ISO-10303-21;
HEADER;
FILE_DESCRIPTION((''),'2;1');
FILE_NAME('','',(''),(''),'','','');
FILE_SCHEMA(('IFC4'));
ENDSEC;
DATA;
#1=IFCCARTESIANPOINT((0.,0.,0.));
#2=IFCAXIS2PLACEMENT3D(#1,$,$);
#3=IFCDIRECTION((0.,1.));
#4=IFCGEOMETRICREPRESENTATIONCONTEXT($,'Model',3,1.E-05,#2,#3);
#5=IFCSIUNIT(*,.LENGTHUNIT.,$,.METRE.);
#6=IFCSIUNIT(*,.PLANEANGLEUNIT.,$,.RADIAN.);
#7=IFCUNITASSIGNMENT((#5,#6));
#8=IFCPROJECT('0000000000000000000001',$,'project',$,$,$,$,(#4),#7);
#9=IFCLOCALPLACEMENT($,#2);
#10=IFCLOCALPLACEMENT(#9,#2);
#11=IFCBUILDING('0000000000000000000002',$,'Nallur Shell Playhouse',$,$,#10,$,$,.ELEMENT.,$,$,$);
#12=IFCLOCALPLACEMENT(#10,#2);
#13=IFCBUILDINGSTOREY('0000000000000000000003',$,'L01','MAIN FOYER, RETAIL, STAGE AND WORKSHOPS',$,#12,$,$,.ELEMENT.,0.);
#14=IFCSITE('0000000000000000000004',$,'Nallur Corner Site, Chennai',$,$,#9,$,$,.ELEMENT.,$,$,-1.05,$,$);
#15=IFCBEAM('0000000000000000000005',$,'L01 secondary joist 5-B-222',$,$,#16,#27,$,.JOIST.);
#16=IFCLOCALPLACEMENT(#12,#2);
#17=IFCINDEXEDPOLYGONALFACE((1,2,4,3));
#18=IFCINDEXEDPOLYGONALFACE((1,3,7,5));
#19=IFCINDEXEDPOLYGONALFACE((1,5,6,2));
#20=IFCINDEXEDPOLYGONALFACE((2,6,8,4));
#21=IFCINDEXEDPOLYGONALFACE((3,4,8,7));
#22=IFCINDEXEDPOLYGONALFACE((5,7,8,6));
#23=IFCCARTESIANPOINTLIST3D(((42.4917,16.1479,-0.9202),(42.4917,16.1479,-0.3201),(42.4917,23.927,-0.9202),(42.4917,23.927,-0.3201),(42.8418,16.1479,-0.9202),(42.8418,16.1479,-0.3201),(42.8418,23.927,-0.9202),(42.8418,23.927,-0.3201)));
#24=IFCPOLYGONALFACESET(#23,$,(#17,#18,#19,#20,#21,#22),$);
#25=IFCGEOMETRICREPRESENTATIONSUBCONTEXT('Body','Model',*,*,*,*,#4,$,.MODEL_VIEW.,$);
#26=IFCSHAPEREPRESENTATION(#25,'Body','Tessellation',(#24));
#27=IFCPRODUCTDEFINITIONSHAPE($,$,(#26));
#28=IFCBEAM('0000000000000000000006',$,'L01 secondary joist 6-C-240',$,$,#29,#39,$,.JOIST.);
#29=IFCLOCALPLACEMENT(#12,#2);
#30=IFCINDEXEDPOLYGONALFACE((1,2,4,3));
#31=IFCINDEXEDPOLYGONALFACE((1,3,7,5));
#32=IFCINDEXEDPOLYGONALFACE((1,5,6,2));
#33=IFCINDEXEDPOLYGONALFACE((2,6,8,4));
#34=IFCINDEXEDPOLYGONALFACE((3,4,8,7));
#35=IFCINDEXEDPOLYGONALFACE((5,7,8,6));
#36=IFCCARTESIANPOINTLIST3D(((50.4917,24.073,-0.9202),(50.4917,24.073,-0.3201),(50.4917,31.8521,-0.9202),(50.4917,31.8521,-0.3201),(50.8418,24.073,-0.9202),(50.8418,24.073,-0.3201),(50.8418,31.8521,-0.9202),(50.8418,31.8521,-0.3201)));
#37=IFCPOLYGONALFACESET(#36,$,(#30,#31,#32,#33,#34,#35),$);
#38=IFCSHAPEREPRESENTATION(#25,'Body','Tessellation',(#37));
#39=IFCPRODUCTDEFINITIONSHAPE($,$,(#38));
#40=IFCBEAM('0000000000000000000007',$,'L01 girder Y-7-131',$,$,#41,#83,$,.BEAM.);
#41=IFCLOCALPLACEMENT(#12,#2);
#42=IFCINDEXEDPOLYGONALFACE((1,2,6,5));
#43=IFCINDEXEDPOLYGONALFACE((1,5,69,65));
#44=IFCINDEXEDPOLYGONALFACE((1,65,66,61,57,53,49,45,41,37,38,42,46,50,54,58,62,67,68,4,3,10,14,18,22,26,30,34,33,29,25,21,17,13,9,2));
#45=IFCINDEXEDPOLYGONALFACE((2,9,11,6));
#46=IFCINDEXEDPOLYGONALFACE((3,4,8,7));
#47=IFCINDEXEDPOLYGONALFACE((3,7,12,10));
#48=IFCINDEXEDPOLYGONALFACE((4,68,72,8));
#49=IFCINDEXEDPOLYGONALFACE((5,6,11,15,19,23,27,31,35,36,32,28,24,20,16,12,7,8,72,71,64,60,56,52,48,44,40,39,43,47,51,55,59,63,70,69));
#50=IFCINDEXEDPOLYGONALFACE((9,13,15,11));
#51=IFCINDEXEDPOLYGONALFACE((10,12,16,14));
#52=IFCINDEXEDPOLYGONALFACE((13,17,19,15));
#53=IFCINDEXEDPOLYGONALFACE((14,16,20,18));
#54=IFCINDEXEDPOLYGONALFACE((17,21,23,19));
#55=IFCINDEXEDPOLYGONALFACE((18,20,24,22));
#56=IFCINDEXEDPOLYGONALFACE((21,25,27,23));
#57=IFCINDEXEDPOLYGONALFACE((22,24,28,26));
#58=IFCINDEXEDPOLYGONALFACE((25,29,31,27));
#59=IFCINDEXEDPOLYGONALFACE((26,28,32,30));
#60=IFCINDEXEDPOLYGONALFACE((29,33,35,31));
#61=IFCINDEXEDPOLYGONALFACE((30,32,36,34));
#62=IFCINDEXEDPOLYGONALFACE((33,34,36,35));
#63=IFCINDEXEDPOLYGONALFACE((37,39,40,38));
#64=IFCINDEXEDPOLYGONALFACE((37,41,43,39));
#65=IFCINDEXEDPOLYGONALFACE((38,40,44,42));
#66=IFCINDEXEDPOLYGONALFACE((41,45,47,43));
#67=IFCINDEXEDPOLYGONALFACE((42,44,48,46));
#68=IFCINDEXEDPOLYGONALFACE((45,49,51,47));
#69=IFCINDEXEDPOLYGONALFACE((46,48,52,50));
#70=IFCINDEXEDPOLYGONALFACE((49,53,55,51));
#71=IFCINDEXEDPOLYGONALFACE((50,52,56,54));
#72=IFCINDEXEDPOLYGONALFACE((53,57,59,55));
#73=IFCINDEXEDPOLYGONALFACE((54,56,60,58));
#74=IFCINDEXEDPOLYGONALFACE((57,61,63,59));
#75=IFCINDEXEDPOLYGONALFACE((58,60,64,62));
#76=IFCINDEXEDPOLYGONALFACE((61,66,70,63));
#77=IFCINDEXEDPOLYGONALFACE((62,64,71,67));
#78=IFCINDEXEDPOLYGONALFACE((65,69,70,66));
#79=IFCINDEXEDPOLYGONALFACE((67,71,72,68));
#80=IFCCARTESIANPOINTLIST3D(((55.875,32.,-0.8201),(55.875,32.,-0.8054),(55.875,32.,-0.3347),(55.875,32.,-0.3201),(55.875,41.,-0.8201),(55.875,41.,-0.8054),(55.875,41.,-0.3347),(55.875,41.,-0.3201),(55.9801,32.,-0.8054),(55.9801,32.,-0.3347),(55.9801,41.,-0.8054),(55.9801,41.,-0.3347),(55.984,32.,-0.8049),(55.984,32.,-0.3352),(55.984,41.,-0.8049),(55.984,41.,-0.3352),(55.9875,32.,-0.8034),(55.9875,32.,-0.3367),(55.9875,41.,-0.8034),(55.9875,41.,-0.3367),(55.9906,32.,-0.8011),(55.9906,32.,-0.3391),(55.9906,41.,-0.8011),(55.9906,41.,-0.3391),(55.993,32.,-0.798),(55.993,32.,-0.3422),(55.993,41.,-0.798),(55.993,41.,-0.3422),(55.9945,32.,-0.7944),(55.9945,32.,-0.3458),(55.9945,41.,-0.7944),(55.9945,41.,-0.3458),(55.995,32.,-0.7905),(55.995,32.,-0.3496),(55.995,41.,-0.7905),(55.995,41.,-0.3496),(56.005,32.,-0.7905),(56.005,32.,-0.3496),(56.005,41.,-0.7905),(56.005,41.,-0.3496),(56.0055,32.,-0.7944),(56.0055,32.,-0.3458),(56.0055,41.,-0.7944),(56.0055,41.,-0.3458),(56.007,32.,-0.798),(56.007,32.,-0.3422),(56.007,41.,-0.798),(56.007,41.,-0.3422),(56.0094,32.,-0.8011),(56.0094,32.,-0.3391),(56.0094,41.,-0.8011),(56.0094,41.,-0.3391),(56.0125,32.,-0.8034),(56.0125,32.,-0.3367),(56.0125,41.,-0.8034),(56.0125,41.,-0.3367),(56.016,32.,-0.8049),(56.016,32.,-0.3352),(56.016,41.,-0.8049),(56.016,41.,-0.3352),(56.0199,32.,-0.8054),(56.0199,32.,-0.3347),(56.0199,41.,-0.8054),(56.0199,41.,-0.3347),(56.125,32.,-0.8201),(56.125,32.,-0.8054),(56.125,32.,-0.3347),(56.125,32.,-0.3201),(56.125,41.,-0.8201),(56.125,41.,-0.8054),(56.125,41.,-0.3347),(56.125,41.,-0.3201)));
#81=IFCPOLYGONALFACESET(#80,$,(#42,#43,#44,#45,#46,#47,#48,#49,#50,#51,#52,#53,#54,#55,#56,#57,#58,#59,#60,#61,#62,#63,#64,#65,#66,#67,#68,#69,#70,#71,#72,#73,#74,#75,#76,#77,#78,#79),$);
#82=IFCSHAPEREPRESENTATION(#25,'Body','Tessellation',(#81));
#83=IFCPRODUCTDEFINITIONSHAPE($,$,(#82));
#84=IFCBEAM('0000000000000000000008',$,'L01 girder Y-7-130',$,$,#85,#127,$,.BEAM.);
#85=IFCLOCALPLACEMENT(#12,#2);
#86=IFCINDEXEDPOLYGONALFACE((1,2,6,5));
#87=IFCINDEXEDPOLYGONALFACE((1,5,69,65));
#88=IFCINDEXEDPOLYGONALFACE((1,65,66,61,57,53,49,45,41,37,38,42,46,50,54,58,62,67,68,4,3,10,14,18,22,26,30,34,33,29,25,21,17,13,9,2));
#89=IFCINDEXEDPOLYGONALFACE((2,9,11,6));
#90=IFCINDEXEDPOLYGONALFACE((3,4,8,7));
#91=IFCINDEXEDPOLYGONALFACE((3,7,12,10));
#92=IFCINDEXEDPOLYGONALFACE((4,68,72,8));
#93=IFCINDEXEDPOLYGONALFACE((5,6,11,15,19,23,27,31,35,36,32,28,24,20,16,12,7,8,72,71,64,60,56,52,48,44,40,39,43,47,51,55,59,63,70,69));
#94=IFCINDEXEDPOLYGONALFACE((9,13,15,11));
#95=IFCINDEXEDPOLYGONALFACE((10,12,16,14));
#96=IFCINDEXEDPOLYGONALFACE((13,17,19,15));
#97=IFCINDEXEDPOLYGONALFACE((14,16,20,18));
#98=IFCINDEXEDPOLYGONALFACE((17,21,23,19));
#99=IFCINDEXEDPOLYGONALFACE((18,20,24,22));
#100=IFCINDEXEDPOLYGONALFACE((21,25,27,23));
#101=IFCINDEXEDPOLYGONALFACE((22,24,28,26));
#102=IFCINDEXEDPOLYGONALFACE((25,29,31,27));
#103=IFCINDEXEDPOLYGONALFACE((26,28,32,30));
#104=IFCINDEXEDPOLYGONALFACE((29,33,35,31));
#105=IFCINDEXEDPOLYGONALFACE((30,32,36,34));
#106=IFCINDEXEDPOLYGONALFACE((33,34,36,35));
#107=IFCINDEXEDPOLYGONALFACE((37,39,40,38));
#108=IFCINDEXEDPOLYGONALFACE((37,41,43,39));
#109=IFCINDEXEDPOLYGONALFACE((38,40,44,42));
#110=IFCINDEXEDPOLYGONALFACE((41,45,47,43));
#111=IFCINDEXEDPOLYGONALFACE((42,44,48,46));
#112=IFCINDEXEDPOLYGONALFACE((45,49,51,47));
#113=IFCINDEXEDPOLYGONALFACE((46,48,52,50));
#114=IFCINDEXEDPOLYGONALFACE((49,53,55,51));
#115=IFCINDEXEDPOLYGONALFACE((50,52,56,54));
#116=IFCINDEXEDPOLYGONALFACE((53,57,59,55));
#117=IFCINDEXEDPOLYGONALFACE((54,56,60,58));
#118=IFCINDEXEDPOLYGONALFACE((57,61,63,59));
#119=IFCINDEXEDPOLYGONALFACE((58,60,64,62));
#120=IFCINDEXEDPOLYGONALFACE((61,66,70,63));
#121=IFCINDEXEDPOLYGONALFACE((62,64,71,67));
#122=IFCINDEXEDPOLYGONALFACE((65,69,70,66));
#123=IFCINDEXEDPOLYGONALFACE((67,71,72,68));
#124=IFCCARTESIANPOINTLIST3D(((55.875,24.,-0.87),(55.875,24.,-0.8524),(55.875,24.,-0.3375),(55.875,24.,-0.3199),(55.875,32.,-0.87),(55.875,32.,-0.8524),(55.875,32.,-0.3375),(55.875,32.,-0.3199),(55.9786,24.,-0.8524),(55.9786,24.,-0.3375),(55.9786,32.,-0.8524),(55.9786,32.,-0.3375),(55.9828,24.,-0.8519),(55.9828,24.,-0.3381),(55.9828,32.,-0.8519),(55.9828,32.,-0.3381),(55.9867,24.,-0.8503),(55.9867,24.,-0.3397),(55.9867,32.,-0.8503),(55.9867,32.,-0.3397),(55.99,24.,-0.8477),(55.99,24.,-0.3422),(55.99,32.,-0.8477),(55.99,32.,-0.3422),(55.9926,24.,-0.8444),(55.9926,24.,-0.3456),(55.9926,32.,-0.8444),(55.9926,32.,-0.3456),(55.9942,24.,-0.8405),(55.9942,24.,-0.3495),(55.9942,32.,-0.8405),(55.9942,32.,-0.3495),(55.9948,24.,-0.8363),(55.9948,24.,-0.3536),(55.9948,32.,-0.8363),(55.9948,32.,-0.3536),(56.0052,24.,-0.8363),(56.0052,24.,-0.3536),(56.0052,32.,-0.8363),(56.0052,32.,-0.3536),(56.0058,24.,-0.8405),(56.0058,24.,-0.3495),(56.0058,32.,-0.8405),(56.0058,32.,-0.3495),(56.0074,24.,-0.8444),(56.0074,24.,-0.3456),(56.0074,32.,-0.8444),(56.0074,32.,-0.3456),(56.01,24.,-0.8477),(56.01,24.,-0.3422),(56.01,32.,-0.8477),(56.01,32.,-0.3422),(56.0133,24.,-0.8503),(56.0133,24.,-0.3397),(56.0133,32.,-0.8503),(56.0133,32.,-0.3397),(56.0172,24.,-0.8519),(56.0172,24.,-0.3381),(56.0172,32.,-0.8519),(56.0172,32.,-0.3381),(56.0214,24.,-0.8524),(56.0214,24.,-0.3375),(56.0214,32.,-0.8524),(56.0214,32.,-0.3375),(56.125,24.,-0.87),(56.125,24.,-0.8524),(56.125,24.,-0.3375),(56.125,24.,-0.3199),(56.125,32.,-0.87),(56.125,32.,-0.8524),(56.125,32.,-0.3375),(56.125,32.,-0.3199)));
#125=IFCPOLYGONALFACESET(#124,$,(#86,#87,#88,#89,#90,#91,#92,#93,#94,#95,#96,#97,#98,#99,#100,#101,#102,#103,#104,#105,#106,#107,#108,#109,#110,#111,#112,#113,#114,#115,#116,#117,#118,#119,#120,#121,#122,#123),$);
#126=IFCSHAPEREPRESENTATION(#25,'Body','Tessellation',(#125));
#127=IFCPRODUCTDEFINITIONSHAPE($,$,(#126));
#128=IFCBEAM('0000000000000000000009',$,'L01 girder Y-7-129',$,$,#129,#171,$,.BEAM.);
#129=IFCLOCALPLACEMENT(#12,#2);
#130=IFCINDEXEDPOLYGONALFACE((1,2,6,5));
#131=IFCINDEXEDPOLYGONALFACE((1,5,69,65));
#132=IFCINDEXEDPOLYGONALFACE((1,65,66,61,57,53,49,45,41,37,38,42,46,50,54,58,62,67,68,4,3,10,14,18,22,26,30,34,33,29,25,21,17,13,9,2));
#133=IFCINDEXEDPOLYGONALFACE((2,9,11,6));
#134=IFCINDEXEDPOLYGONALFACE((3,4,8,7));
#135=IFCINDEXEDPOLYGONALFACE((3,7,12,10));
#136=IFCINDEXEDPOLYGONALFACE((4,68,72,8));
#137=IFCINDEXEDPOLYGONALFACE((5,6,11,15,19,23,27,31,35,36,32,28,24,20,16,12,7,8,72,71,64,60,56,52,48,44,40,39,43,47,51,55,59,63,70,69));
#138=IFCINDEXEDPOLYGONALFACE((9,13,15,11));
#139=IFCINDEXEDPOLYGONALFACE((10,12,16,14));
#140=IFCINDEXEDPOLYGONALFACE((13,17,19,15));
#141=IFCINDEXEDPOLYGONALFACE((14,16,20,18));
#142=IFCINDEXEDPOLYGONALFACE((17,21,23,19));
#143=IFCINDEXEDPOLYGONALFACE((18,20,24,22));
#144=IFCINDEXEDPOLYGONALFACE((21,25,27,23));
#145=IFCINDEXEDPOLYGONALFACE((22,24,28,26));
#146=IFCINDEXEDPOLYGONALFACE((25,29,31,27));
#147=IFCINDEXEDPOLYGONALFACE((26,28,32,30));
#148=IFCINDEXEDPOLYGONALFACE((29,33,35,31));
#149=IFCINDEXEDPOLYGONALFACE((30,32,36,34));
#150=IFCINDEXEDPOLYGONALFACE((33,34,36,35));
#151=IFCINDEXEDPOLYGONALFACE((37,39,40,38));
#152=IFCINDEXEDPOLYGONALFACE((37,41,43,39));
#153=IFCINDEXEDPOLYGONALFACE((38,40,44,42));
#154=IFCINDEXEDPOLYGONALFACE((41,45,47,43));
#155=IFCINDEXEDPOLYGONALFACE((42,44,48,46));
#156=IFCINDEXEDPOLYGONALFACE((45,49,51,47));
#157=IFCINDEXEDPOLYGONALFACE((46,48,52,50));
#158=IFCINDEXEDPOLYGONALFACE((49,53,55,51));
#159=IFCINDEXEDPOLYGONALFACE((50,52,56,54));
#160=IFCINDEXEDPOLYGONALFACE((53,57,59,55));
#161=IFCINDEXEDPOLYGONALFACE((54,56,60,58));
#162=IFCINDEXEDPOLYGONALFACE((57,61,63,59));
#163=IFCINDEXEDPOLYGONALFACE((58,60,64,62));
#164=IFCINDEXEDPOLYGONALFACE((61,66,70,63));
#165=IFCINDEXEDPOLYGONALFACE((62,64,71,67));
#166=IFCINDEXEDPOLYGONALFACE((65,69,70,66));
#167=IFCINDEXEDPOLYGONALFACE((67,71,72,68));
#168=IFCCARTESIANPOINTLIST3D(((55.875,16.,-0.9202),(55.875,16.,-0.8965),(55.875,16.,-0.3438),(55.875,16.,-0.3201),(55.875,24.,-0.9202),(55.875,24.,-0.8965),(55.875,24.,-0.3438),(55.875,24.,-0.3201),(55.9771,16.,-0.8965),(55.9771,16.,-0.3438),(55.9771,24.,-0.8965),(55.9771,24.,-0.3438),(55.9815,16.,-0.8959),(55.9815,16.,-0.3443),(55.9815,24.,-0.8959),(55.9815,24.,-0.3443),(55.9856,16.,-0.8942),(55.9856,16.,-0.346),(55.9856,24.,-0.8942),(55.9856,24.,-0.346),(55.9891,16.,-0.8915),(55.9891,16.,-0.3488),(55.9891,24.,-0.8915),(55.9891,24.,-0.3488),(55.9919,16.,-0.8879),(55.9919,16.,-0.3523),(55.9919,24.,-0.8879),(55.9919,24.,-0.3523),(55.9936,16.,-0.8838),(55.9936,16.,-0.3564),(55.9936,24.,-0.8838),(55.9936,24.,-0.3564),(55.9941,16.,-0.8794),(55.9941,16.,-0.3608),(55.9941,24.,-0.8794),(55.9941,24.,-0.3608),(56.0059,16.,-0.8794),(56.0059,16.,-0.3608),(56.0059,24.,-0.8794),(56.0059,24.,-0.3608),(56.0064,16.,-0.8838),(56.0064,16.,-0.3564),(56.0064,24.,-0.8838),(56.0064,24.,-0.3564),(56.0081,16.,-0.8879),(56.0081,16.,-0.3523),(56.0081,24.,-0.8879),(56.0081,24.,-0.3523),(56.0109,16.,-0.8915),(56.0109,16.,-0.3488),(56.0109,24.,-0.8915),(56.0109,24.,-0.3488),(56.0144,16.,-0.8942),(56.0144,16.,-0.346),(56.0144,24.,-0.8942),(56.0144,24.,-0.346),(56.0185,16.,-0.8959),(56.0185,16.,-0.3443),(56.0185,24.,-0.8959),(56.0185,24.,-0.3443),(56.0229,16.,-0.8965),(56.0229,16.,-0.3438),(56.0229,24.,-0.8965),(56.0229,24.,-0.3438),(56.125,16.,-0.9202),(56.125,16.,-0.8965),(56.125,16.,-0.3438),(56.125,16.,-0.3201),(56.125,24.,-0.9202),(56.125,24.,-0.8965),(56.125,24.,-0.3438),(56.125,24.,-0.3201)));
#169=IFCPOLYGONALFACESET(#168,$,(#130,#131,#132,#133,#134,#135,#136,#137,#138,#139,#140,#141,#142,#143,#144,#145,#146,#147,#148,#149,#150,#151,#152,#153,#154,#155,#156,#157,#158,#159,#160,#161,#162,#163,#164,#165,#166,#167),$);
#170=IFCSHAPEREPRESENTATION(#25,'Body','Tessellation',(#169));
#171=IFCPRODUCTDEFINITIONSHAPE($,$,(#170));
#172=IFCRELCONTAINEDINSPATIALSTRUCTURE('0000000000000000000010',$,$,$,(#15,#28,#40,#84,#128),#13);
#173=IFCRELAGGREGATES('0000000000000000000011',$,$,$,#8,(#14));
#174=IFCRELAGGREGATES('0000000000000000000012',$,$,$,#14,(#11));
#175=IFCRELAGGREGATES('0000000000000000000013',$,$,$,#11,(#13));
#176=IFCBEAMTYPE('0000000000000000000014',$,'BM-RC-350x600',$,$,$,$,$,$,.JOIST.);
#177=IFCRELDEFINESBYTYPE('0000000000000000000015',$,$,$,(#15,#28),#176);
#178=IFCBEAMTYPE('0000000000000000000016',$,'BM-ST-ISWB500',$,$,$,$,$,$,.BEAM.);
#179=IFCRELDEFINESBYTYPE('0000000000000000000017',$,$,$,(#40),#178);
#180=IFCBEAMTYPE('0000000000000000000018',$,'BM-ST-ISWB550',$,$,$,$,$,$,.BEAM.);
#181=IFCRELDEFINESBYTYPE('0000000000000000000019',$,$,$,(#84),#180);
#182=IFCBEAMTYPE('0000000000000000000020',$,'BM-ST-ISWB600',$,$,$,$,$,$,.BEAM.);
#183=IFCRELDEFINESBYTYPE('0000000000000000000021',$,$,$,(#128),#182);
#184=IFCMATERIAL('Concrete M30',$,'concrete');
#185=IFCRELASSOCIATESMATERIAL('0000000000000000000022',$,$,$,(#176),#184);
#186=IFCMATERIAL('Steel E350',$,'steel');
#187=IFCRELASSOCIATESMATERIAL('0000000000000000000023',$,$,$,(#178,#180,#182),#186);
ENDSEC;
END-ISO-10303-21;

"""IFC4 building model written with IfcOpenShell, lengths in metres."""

from ifc_helpers import new_model, si_unit, direction, frame, origin, origin_2d, place, context, subcontext, project, spatial, rectangle, i_section, extrude, material, material_profile, profile_set, type_object, element, save


model = new_model("IFC4")

# Units and contexts
model_context = context("Model", 3, precision=1e-05, world=origin(), true_north=direction((0.0, 1.0)))
body_context = subcontext(model_context, "Body", "Model", "MODEL_VIEW")
ifc_project = project(units=[si_unit("LENGTHUNIT", "METRE"), si_unit("PLANEANGLEUNIT", "RADIAN")], contexts=[model_context])

# Site, building, storey
site_placement = place(None, origin())
site = spatial("IfcSite", under=ifc_project, at=site_placement, Name="Nallur Corner Site, Chennai", CompositionType="ELEMENT", RefElevation=-1.05)
building_placement = place(site_placement, origin())
building = spatial("IfcBuilding", under=site, at=building_placement, Name="Nallur Shell Playhouse", CompositionType="ELEMENT")
storey_placement = place(building_placement, origin())
storey = spatial("IfcBuildingStorey", under=building, at=storey_placement, Name="L01", Description="MAIN FOYER, RETAIL, STAGE AND WORKSHOPS", CompositionType="ELEMENT", Elevation=0.0)

# Beams
ifc_material_1 = material(Name="Concrete M30", Category="concrete")
ifc_material_profile_1 = material_profile(ifc_material_1, rectangle(XDim=0.3501, YDim=0.6001, at=origin_2d()), Name="RC 350x600")
ifc_profile_set_1 = profile_set([ifc_material_profile_1], Name="Concrete M30")
beam_type_1 = type_object("IfcBeamType", Name="BM-RC-350x600", PredefinedType="JOIST", material=ifc_profile_set_1)
for number, where, z_axis, x_axis, name in (
    (1, (42.6667, 16.1479, -0.6201), (0.0, 1.0, 0.0), (-1.0, 0.0, 0.0), "L01 secondary joist 5-B-222"),
    (2, (50.6667, 24.073, -0.6201), (0.0, 1.0, 0.0), (-1.0, 0.0, 0.0), "L01 secondary joist 6-C-240"),
):
    element("IfcBeam", number, at=place(storey_placement, frame(where, z_axis=z_axis, x_axis=x_axis)), inside=storey, type_object=beam_type_1, Name=name, PredefinedType="JOIST", context=body_context, shape_type="SweptSolid", body=[
        extrude(rectangle(XDim=0.3501, YDim=0.6001, at=origin_2d()), origin(), (0.0, 0.0, 1.0), 7.7791),
    ])
ifc_material_2 = material(Name="Steel E350", Category="steel")
ifc_material_profile_2 = material_profile(ifc_material_2, i_section(OverallWidth=0.25, OverallDepth=0.5, WebThickness=0.01, FlangeThickness=0.0146, FilletRadius=0.0149, at=origin_2d()), Name="ISWB 500")
ifc_profile_set_2 = profile_set([ifc_material_profile_2], Name="Steel E350")
beam_type_2 = type_object("IfcBeamType", Name="BM-ST-ISWB500", PredefinedType="BEAM", material=ifc_profile_set_2)
beam_1_placement = place(storey_placement, frame((56.0, 32.0, -0.5701), z_axis=(0.0, 1.0, 0.0), x_axis=(-1.0, 0.0, 0.0)))
element("IfcBeam", 3, at=beam_1_placement, inside=storey, type_object=beam_type_2, Name="L01 girder Y-7-131", PredefinedType="BEAM", context=body_context, shape_type="SweptSolid", body=[
    extrude(i_section(OverallWidth=0.25, OverallDepth=0.5, WebThickness=0.01, FlangeThickness=0.0146, FilletRadius=0.0149, at=origin_2d()), origin(), (0.0, 0.0, 1.0), 9.0),
])
ifc_material_profile_3 = material_profile(ifc_material_2, i_section(OverallWidth=0.25, OverallDepth=0.55, WebThickness=0.0105, FlangeThickness=0.0176, FilletRadius=0.0161, at=origin_2d()), Name="ISWB 550")
ifc_profile_set_3 = profile_set([ifc_material_profile_3], Name="Steel E350")
beam_type_3 = type_object("IfcBeamType", Name="BM-ST-ISWB550", PredefinedType="BEAM", material=ifc_profile_set_3)
beam_2_placement = place(storey_placement, frame((56.0, 24.0, -0.595), z_axis=(0.0, 1.0, 0.0), x_axis=(-1.0, 0.0, 0.0)))
element("IfcBeam", 4, at=beam_2_placement, inside=storey, type_object=beam_type_3, Name="L01 girder Y-7-130", PredefinedType="BEAM", context=body_context, shape_type="SweptSolid", body=[
    extrude(i_section(OverallWidth=0.25, OverallDepth=0.55, WebThickness=0.0105, FlangeThickness=0.0176, FilletRadius=0.0161, at=origin_2d()), origin(), (0.0, 0.0, 1.0), 8.0),
])
ifc_material_profile_4 = material_profile(ifc_material_2, i_section(OverallWidth=0.25, OverallDepth=0.6001, WebThickness=0.0117, FlangeThickness=0.0237, FilletRadius=0.0171, at=origin_2d()), Name="ISWB 600")
ifc_profile_set_4 = profile_set([ifc_material_profile_4], Name="Steel E350")
beam_type_4 = type_object("IfcBeamType", Name="BM-ST-ISWB600", PredefinedType="BEAM", material=ifc_profile_set_4)
beam_3_placement = place(storey_placement, frame((56.0, 16.0, -0.6201), z_axis=(0.0, 1.0, 0.0), x_axis=(-1.0, 0.0, 0.0)))
element("IfcBeam", 5, at=beam_3_placement, inside=storey, type_object=beam_type_4, Name="L01 girder Y-7-129", PredefinedType="BEAM", context=body_context, shape_type="SweptSolid", body=[
    extrude(i_section(OverallWidth=0.25, OverallDepth=0.6001, WebThickness=0.0117, FlangeThickness=0.0237, FilletRadius=0.0171, at=origin_2d()), origin(), (0.0, 0.0, 1.0), 8.0),
])

save(model, "model.ifc")
